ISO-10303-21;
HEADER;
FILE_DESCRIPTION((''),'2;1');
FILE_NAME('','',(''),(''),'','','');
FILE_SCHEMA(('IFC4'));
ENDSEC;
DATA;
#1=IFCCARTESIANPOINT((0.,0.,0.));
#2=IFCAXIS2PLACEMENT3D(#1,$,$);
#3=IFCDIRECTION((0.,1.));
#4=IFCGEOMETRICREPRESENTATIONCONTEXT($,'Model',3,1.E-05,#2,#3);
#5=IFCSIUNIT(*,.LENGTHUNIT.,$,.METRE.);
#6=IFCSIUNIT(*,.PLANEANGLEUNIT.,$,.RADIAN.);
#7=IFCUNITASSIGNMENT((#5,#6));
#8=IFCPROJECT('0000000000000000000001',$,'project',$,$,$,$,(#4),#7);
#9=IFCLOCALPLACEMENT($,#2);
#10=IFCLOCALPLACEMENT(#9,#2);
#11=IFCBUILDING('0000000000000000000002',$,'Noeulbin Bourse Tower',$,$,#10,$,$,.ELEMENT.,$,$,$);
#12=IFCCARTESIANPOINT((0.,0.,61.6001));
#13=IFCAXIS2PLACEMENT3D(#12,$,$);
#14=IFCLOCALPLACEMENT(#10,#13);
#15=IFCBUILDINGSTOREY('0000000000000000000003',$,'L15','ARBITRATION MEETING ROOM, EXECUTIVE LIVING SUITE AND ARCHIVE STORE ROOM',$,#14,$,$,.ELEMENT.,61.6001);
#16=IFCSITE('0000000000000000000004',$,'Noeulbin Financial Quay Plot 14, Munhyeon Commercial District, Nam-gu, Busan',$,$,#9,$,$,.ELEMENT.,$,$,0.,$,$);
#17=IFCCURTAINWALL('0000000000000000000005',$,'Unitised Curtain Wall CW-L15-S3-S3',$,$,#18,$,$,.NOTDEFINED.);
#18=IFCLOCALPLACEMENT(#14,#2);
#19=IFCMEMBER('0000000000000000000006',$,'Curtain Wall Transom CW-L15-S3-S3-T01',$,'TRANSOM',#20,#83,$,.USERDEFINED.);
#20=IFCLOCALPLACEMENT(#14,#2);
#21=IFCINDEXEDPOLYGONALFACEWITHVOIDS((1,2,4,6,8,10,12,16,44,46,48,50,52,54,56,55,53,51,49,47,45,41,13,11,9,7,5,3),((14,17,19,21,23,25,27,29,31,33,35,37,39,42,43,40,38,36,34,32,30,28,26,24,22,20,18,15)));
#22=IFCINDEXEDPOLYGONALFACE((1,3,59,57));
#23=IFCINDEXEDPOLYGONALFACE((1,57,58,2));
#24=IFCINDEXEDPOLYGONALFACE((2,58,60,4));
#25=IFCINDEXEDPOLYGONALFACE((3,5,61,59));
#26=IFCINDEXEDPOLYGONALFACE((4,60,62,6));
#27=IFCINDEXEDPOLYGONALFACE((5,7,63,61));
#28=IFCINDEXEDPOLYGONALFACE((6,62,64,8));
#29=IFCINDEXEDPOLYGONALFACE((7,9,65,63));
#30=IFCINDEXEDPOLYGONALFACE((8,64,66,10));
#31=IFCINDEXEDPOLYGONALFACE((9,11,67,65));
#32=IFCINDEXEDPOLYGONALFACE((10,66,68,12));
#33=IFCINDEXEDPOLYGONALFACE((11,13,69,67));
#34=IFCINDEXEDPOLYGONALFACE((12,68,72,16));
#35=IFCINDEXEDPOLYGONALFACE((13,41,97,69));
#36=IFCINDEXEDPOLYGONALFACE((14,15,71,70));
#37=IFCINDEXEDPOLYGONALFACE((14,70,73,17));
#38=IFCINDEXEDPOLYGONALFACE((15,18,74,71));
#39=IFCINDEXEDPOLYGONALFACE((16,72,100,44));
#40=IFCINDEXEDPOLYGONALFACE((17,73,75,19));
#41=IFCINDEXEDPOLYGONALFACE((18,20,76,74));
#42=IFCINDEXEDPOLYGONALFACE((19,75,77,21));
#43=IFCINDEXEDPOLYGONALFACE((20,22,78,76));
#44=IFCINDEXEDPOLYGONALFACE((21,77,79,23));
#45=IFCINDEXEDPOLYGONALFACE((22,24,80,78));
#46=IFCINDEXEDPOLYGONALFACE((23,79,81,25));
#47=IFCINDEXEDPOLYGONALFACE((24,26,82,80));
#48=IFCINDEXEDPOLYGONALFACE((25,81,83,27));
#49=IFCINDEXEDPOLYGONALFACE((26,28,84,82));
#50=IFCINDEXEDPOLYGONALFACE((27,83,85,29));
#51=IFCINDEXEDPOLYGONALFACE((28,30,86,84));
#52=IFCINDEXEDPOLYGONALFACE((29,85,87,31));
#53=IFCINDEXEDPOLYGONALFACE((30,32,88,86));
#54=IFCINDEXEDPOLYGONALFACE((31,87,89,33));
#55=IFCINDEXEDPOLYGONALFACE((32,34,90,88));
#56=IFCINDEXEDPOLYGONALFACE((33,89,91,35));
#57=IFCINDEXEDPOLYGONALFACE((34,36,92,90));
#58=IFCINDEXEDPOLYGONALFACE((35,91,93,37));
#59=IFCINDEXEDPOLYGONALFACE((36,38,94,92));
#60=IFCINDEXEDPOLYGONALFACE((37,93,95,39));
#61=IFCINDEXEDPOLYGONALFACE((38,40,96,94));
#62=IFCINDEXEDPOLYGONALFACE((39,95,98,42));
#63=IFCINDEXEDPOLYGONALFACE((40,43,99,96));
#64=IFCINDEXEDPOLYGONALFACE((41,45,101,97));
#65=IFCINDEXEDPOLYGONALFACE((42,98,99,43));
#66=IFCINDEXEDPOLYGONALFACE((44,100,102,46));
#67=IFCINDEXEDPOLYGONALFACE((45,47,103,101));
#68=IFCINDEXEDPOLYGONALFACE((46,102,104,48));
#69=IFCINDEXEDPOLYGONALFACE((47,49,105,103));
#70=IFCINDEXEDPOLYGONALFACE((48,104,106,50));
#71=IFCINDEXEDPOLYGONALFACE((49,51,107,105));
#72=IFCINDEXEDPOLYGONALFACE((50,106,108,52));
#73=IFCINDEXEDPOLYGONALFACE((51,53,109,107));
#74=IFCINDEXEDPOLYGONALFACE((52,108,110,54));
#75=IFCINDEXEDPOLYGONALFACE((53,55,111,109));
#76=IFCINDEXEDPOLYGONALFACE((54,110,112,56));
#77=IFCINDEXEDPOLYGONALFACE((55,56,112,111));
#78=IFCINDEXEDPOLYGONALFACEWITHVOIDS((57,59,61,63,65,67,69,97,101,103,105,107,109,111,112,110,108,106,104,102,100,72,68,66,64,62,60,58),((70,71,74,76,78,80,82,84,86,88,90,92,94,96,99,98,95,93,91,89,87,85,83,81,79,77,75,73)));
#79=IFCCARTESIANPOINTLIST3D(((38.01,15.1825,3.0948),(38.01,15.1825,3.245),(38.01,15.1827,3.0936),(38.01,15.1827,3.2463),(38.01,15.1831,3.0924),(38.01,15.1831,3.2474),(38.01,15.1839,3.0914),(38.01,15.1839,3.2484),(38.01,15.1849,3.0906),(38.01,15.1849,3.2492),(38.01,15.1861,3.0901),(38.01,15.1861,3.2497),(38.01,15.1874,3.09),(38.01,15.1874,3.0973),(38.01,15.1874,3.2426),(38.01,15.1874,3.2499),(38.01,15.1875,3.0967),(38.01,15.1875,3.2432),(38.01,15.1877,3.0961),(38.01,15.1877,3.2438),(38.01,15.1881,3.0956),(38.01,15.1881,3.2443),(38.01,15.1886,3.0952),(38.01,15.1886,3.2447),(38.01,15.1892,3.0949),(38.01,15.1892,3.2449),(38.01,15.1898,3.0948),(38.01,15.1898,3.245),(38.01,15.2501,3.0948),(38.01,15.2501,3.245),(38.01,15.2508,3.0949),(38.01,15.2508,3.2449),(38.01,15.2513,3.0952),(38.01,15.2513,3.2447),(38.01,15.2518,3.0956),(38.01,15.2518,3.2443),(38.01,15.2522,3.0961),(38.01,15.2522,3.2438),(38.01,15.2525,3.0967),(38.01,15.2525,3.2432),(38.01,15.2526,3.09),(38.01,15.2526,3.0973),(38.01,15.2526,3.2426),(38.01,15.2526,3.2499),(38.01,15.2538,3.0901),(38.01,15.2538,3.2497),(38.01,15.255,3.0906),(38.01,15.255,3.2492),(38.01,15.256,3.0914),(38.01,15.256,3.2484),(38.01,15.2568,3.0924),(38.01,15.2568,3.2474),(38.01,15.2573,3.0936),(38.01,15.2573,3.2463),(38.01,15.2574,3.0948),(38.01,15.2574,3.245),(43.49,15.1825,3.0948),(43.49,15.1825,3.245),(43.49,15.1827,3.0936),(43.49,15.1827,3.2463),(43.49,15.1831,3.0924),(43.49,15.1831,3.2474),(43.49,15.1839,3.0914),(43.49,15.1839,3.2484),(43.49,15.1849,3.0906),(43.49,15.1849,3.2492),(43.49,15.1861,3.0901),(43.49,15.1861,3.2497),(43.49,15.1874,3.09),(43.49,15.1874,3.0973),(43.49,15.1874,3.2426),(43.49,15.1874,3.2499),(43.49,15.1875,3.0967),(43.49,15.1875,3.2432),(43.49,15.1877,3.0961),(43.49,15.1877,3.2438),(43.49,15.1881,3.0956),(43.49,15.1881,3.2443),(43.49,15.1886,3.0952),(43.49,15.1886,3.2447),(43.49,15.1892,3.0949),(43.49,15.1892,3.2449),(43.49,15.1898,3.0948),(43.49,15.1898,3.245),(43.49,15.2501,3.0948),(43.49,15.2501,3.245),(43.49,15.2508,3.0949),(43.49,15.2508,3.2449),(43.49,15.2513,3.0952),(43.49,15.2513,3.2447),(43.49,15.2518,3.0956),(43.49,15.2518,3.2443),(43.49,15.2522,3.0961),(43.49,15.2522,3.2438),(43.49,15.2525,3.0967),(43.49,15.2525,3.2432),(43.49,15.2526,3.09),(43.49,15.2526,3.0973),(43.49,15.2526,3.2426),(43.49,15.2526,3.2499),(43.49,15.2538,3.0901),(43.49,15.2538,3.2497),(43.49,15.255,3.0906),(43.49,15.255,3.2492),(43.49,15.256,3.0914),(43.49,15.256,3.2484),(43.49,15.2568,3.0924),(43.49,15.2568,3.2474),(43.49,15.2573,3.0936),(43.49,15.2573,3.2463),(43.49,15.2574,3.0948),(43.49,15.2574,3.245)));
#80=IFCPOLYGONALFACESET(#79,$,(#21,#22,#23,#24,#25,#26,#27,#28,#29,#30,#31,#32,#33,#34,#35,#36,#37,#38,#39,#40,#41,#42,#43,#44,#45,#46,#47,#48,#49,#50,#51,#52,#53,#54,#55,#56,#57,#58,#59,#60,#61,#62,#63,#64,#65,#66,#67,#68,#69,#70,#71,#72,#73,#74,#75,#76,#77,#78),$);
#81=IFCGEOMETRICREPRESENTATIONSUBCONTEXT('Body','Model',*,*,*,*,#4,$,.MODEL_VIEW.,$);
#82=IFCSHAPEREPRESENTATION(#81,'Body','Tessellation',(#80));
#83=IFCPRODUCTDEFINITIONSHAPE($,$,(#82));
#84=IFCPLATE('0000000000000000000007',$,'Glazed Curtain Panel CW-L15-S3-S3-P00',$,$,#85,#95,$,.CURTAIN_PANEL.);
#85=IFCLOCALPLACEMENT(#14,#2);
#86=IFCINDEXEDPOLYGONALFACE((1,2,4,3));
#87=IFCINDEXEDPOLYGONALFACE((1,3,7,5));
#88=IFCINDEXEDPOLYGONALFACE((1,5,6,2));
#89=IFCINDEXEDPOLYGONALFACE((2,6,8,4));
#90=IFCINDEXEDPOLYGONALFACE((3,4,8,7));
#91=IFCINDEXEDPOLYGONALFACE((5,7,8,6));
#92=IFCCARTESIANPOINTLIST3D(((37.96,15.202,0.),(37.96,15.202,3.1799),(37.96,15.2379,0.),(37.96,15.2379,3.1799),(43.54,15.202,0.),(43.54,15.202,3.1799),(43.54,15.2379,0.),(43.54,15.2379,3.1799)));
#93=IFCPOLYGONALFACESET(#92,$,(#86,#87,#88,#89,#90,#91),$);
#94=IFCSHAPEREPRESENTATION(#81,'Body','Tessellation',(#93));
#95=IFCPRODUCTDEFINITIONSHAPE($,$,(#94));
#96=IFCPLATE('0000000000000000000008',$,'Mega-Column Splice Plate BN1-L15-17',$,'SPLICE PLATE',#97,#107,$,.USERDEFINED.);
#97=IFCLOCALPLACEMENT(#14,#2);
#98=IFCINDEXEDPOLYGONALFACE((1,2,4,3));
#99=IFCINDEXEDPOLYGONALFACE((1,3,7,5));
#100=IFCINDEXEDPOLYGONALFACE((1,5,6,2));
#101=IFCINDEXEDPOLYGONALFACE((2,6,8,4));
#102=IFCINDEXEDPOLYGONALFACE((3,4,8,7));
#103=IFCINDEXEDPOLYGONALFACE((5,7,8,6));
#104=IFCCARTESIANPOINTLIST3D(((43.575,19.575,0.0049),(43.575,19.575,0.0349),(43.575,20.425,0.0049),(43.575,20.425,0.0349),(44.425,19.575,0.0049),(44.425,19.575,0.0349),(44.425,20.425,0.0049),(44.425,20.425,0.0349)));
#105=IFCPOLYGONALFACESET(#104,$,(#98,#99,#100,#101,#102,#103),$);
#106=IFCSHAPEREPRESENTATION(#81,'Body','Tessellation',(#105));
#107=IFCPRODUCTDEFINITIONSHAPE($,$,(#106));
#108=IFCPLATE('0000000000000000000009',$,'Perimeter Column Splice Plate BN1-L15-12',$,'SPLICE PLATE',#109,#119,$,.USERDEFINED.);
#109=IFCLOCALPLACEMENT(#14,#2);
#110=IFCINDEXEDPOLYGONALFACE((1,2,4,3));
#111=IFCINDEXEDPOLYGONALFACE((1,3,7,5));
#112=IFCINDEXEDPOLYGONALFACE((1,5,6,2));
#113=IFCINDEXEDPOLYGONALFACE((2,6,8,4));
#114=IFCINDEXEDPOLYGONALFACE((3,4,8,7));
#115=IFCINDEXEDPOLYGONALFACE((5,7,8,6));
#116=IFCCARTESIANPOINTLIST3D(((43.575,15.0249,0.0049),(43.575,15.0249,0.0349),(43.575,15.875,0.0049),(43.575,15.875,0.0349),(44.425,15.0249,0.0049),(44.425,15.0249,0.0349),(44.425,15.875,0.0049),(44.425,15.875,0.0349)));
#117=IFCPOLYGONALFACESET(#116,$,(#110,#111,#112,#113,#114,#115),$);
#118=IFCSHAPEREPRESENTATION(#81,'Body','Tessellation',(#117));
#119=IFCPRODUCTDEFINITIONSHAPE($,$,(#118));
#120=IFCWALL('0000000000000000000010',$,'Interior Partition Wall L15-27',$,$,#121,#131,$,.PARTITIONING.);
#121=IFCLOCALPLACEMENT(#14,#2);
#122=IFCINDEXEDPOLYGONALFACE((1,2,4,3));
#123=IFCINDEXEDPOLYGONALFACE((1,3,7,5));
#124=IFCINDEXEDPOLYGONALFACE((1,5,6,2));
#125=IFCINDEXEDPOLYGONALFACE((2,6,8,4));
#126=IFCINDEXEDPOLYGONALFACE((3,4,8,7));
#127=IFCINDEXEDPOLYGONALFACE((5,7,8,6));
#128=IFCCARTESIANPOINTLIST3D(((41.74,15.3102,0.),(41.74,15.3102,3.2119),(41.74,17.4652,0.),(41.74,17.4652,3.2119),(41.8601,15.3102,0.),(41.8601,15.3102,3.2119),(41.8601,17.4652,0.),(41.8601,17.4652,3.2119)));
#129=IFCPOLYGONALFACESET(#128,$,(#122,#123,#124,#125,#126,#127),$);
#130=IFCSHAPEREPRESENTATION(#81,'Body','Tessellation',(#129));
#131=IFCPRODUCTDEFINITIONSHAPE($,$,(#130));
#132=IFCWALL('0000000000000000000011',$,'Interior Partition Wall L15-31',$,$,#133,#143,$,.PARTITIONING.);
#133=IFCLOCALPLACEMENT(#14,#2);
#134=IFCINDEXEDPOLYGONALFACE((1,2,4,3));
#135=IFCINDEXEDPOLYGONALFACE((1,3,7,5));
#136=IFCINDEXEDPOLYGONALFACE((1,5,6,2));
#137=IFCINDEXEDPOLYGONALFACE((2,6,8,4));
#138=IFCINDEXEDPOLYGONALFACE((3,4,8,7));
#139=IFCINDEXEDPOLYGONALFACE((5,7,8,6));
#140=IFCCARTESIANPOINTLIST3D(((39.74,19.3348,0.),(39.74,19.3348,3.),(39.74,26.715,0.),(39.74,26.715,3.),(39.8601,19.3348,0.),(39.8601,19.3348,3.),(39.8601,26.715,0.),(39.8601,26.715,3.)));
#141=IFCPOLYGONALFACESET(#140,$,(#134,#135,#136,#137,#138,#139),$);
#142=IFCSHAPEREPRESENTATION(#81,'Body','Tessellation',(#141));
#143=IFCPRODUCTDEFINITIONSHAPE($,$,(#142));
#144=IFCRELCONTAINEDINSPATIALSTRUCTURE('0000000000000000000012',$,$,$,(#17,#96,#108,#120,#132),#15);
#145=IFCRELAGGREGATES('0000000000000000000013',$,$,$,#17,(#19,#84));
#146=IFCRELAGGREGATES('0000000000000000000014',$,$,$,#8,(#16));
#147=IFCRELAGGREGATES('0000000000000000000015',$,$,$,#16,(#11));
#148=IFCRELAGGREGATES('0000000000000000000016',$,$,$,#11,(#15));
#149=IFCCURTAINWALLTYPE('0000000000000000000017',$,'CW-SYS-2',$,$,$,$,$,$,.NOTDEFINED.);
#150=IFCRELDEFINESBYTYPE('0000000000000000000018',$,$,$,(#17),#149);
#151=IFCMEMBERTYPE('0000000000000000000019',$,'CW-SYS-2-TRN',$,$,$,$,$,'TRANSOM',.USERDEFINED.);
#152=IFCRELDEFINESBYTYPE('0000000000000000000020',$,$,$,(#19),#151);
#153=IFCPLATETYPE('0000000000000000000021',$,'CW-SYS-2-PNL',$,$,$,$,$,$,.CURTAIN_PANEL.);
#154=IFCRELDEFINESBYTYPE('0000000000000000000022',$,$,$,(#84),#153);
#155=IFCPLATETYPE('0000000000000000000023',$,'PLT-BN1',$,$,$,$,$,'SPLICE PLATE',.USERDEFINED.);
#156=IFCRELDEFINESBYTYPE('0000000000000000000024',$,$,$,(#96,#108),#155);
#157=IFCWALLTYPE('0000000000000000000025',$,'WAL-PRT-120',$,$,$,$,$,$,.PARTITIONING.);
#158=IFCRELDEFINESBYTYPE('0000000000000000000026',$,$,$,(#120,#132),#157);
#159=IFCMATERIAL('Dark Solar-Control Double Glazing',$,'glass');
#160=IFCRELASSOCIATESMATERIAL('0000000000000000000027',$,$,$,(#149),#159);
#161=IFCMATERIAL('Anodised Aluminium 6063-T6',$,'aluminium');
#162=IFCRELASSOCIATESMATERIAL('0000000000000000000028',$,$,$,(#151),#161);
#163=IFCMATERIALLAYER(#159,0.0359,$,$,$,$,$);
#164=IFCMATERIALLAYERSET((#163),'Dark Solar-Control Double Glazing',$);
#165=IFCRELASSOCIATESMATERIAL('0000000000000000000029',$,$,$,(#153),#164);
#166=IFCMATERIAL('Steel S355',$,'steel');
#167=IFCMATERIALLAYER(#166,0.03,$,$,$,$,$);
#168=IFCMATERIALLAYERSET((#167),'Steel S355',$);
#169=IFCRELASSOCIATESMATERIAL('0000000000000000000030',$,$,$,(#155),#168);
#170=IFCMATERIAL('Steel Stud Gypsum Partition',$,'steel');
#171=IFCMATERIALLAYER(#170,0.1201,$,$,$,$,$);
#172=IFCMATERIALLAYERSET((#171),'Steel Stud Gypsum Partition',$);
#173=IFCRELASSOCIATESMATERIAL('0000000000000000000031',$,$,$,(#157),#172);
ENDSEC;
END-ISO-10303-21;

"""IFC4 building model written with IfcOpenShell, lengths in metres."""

from ifc_helpers import new_model, si_unit, direction, frame, frame_2d, origin, origin_2d, place, context, subcontext, project, spatial, rectangle, hollow_rectangle, extrude, material, layer, layer_set, material_profile, profile_set, type_object, element, aggregate, save


model = new_model("IFC4")

# Units and contexts
model_context = context("Model", 3, precision=1e-05, world=origin(), true_north=direction((0.0, 1.0)))
body_context = subcontext(model_context, "Body", "Model", "MODEL_VIEW")
ifc_project = project(units=[si_unit("LENGTHUNIT", "METRE"), si_unit("PLANEANGLEUNIT", "RADIAN")], contexts=[model_context])

# Site, building, storey
site_placement = place(None, origin())
site = spatial("IfcSite", under=ifc_project, at=site_placement, Name="Noeulbin Financial Quay Plot 14, Munhyeon Commercial District, Nam-gu, Busan", CompositionType="ELEMENT", RefElevation=0.0)
building_placement = place(site_placement, origin())
building = spatial("IfcBuilding", under=site, at=building_placement, Name="Noeulbin Bourse Tower", CompositionType="ELEMENT")
storey_placement = place(building_placement, frame((0.0, 0.0, 61.6001)))
storey = spatial("IfcBuildingStorey", under=building, at=storey_placement, Name="L15", Description="ARBITRATION MEETING ROOM, EXECUTIVE LIVING SUITE AND ARCHIVE STORE ROOM", CompositionType="ELEMENT", Elevation=61.6001)

# Shared definitions
ifc_material_1 = material(Name="Steel S355", Category="steel")

# Curtain wall
ifc_material_2 = material(Name="Dark Solar-Control Double Glazing", Category="glass")
curtain_wall_type = type_object("IfcCurtainWallType", Name="CW-SYS-2", PredefinedType="NOTDEFINED", material=ifc_material_2)
curtain_wall_1_placement = place(storey_placement, origin())
curtain_wall_1 = element("IfcCurtainWall", 1, at=curtain_wall_1_placement, inside=storey, type_object=curtain_wall_type, Name="Unitised Curtain Wall CW-L15-S3-S3", PredefinedType="NOTDEFINED")
ifc_material_3 = material(Name="Anodised Aluminium 6063-T6", Category="aluminium")

# Member
ifc_material_profile_1 = material_profile(ifc_material_3, hollow_rectangle(XDim=0.075, YDim=0.1599, WallThickness=0.0049, InnerFilletRadius=0.0024, OuterFilletRadius=0.0049, at=origin_2d()), Name="ALU-TRAN-75x160x5", Category="LoadBearing")
ifc_profile_set_1 = profile_set([ifc_material_profile_1], Name="Anodised Aluminium 6063-T6")
member_type_1 = type_object("IfcMemberType", Name="CW-SYS-2-TRN", ElementType="TRANSOM", PredefinedType="USERDEFINED", material=ifc_profile_set_1)
member_1_placement = place(storey_placement, frame((38.01, 15.22, 3.1699), z_axis=(1.0, 0.0, 0.0), x_axis=(0.0, 1.0, 0.0)))
member_1 = element("IfcMember", 2, at=member_1_placement, type_object=member_type_1, Name="Curtain Wall Transom CW-L15-S3-S3-T01", ObjectType="TRANSOM", PredefinedType="USERDEFINED", context=body_context, shape_type="SweptSolid", body=[
    extrude(hollow_rectangle(XDim=0.075, YDim=0.1599, WallThickness=0.0049, InnerFilletRadius=0.0024, OuterFilletRadius=0.0049, at=origin_2d()), origin(), (0.0, 0.0, 1.0), 5.48),
])

# Plate
ifc_layer_1 = layer(ifc_material_2, 0.0359)
ifc_layer_set_1 = layer_set([ifc_layer_1], Name="Dark Solar-Control Double Glazing")
plate_type_1 = type_object("IfcPlateType", Name="CW-SYS-2-PNL", PredefinedType="CURTAIN_PANEL", material=ifc_layer_set_1)
plate_placement = place(storey_placement, frame((40.75, 15.22, 0.0), z_axis=(0.0, 0.0, 1.0), x_axis=(1.0, 0.0, 0.0)))
plate = element("IfcPlate", 3, at=plate_placement, type_object=plate_type_1, Name="Glazed Curtain Panel CW-L15-S3-S3-P00", PredefinedType="CURTAIN_PANEL", context=body_context, shape_type="SweptSolid", body=[
    extrude(rectangle(XDim=5.5801, YDim=0.0359, at=origin_2d()), origin(), (0.0, 0.0, 1.0), 3.1799),
])
aggregate(curtain_wall_1, [member_1, plate])

# Plates
ifc_layer_2 = layer(ifc_material_1, 0.03)
ifc_layer_set_2 = layer_set([ifc_layer_2], Name="Steel S355")
plate_type_2 = type_object("IfcPlateType", Name="PLT-BN1", ElementType="SPLICE PLATE", PredefinedType="USERDEFINED", material=ifc_layer_set_2)
for number, where, z_axis, x_axis, name in (
    (4, (44.0, 20.0, 0.0049), (0.0, 0.0, 1.0), (1.0, 0.0, 0.0), "Mega-Column Splice Plate BN1-L15-17"),
    (5, (44.0, 15.45, 0.0049), (0.0, 0.0, 1.0), (1.0, 0.0, 0.0), "Perimeter Column Splice Plate BN1-L15-12"),
):
    element("IfcPlate", number, at=place(storey_placement, frame(where, z_axis=z_axis, x_axis=x_axis)), inside=storey, type_object=plate_type_2, Name=name, ObjectType="SPLICE PLATE", PredefinedType="USERDEFINED", context=body_context, shape_type="SweptSolid", body=[
        extrude(rectangle(XDim=0.8501, YDim=0.8501, at=origin_2d()), origin(), (0.0, 0.0, 1.0), 0.03),
    ])

# Walls
ifc_material_4 = material(Name="Steel Stud Gypsum Partition", Category="steel")
ifc_layer_3 = layer(ifc_material_4, 0.1201)
ifc_layer_set_3 = layer_set([ifc_layer_3], Name="Steel Stud Gypsum Partition")
wall_type = type_object("IfcWallType", Name="WAL-PRT-120", PredefinedType="PARTITIONING", material=ifc_layer_set_3)
wall_1_placement = place(storey_placement, frame((41.8, 15.3101, 0.0), z_axis=(0.0, 0.0, 1.0), x_axis=(0.0, 1.0, 0.0)))
element("IfcWall", 6, at=wall_1_placement, inside=storey, type_object=wall_type, Name="Interior Partition Wall L15-27", PredefinedType="PARTITIONING", context=body_context, shape_type="SweptSolid", body=[
    extrude(rectangle(XDim=2.155, YDim=0.1201, at=frame_2d((1.0776, 0.0))), origin(), (0.0, 0.0, 1.0), 3.2119),
])
wall_2_placement = place(storey_placement, frame((39.8, 19.335, 0.0), z_axis=(0.0, 0.0, 1.0), x_axis=(0.0, 1.0, 0.0)))
element("IfcWall", 7, at=wall_2_placement, inside=storey, type_object=wall_type, Name="Interior Partition Wall L15-31", PredefinedType="PARTITIONING", context=body_context, shape_type="SweptSolid", body=[
    extrude(rectangle(XDim=7.3801, YDim=0.1201, at=frame_2d((3.6899, 0.0))), origin(), (0.0, 0.0, 1.0), 3.0),
])

save(model, "model.ifc")
